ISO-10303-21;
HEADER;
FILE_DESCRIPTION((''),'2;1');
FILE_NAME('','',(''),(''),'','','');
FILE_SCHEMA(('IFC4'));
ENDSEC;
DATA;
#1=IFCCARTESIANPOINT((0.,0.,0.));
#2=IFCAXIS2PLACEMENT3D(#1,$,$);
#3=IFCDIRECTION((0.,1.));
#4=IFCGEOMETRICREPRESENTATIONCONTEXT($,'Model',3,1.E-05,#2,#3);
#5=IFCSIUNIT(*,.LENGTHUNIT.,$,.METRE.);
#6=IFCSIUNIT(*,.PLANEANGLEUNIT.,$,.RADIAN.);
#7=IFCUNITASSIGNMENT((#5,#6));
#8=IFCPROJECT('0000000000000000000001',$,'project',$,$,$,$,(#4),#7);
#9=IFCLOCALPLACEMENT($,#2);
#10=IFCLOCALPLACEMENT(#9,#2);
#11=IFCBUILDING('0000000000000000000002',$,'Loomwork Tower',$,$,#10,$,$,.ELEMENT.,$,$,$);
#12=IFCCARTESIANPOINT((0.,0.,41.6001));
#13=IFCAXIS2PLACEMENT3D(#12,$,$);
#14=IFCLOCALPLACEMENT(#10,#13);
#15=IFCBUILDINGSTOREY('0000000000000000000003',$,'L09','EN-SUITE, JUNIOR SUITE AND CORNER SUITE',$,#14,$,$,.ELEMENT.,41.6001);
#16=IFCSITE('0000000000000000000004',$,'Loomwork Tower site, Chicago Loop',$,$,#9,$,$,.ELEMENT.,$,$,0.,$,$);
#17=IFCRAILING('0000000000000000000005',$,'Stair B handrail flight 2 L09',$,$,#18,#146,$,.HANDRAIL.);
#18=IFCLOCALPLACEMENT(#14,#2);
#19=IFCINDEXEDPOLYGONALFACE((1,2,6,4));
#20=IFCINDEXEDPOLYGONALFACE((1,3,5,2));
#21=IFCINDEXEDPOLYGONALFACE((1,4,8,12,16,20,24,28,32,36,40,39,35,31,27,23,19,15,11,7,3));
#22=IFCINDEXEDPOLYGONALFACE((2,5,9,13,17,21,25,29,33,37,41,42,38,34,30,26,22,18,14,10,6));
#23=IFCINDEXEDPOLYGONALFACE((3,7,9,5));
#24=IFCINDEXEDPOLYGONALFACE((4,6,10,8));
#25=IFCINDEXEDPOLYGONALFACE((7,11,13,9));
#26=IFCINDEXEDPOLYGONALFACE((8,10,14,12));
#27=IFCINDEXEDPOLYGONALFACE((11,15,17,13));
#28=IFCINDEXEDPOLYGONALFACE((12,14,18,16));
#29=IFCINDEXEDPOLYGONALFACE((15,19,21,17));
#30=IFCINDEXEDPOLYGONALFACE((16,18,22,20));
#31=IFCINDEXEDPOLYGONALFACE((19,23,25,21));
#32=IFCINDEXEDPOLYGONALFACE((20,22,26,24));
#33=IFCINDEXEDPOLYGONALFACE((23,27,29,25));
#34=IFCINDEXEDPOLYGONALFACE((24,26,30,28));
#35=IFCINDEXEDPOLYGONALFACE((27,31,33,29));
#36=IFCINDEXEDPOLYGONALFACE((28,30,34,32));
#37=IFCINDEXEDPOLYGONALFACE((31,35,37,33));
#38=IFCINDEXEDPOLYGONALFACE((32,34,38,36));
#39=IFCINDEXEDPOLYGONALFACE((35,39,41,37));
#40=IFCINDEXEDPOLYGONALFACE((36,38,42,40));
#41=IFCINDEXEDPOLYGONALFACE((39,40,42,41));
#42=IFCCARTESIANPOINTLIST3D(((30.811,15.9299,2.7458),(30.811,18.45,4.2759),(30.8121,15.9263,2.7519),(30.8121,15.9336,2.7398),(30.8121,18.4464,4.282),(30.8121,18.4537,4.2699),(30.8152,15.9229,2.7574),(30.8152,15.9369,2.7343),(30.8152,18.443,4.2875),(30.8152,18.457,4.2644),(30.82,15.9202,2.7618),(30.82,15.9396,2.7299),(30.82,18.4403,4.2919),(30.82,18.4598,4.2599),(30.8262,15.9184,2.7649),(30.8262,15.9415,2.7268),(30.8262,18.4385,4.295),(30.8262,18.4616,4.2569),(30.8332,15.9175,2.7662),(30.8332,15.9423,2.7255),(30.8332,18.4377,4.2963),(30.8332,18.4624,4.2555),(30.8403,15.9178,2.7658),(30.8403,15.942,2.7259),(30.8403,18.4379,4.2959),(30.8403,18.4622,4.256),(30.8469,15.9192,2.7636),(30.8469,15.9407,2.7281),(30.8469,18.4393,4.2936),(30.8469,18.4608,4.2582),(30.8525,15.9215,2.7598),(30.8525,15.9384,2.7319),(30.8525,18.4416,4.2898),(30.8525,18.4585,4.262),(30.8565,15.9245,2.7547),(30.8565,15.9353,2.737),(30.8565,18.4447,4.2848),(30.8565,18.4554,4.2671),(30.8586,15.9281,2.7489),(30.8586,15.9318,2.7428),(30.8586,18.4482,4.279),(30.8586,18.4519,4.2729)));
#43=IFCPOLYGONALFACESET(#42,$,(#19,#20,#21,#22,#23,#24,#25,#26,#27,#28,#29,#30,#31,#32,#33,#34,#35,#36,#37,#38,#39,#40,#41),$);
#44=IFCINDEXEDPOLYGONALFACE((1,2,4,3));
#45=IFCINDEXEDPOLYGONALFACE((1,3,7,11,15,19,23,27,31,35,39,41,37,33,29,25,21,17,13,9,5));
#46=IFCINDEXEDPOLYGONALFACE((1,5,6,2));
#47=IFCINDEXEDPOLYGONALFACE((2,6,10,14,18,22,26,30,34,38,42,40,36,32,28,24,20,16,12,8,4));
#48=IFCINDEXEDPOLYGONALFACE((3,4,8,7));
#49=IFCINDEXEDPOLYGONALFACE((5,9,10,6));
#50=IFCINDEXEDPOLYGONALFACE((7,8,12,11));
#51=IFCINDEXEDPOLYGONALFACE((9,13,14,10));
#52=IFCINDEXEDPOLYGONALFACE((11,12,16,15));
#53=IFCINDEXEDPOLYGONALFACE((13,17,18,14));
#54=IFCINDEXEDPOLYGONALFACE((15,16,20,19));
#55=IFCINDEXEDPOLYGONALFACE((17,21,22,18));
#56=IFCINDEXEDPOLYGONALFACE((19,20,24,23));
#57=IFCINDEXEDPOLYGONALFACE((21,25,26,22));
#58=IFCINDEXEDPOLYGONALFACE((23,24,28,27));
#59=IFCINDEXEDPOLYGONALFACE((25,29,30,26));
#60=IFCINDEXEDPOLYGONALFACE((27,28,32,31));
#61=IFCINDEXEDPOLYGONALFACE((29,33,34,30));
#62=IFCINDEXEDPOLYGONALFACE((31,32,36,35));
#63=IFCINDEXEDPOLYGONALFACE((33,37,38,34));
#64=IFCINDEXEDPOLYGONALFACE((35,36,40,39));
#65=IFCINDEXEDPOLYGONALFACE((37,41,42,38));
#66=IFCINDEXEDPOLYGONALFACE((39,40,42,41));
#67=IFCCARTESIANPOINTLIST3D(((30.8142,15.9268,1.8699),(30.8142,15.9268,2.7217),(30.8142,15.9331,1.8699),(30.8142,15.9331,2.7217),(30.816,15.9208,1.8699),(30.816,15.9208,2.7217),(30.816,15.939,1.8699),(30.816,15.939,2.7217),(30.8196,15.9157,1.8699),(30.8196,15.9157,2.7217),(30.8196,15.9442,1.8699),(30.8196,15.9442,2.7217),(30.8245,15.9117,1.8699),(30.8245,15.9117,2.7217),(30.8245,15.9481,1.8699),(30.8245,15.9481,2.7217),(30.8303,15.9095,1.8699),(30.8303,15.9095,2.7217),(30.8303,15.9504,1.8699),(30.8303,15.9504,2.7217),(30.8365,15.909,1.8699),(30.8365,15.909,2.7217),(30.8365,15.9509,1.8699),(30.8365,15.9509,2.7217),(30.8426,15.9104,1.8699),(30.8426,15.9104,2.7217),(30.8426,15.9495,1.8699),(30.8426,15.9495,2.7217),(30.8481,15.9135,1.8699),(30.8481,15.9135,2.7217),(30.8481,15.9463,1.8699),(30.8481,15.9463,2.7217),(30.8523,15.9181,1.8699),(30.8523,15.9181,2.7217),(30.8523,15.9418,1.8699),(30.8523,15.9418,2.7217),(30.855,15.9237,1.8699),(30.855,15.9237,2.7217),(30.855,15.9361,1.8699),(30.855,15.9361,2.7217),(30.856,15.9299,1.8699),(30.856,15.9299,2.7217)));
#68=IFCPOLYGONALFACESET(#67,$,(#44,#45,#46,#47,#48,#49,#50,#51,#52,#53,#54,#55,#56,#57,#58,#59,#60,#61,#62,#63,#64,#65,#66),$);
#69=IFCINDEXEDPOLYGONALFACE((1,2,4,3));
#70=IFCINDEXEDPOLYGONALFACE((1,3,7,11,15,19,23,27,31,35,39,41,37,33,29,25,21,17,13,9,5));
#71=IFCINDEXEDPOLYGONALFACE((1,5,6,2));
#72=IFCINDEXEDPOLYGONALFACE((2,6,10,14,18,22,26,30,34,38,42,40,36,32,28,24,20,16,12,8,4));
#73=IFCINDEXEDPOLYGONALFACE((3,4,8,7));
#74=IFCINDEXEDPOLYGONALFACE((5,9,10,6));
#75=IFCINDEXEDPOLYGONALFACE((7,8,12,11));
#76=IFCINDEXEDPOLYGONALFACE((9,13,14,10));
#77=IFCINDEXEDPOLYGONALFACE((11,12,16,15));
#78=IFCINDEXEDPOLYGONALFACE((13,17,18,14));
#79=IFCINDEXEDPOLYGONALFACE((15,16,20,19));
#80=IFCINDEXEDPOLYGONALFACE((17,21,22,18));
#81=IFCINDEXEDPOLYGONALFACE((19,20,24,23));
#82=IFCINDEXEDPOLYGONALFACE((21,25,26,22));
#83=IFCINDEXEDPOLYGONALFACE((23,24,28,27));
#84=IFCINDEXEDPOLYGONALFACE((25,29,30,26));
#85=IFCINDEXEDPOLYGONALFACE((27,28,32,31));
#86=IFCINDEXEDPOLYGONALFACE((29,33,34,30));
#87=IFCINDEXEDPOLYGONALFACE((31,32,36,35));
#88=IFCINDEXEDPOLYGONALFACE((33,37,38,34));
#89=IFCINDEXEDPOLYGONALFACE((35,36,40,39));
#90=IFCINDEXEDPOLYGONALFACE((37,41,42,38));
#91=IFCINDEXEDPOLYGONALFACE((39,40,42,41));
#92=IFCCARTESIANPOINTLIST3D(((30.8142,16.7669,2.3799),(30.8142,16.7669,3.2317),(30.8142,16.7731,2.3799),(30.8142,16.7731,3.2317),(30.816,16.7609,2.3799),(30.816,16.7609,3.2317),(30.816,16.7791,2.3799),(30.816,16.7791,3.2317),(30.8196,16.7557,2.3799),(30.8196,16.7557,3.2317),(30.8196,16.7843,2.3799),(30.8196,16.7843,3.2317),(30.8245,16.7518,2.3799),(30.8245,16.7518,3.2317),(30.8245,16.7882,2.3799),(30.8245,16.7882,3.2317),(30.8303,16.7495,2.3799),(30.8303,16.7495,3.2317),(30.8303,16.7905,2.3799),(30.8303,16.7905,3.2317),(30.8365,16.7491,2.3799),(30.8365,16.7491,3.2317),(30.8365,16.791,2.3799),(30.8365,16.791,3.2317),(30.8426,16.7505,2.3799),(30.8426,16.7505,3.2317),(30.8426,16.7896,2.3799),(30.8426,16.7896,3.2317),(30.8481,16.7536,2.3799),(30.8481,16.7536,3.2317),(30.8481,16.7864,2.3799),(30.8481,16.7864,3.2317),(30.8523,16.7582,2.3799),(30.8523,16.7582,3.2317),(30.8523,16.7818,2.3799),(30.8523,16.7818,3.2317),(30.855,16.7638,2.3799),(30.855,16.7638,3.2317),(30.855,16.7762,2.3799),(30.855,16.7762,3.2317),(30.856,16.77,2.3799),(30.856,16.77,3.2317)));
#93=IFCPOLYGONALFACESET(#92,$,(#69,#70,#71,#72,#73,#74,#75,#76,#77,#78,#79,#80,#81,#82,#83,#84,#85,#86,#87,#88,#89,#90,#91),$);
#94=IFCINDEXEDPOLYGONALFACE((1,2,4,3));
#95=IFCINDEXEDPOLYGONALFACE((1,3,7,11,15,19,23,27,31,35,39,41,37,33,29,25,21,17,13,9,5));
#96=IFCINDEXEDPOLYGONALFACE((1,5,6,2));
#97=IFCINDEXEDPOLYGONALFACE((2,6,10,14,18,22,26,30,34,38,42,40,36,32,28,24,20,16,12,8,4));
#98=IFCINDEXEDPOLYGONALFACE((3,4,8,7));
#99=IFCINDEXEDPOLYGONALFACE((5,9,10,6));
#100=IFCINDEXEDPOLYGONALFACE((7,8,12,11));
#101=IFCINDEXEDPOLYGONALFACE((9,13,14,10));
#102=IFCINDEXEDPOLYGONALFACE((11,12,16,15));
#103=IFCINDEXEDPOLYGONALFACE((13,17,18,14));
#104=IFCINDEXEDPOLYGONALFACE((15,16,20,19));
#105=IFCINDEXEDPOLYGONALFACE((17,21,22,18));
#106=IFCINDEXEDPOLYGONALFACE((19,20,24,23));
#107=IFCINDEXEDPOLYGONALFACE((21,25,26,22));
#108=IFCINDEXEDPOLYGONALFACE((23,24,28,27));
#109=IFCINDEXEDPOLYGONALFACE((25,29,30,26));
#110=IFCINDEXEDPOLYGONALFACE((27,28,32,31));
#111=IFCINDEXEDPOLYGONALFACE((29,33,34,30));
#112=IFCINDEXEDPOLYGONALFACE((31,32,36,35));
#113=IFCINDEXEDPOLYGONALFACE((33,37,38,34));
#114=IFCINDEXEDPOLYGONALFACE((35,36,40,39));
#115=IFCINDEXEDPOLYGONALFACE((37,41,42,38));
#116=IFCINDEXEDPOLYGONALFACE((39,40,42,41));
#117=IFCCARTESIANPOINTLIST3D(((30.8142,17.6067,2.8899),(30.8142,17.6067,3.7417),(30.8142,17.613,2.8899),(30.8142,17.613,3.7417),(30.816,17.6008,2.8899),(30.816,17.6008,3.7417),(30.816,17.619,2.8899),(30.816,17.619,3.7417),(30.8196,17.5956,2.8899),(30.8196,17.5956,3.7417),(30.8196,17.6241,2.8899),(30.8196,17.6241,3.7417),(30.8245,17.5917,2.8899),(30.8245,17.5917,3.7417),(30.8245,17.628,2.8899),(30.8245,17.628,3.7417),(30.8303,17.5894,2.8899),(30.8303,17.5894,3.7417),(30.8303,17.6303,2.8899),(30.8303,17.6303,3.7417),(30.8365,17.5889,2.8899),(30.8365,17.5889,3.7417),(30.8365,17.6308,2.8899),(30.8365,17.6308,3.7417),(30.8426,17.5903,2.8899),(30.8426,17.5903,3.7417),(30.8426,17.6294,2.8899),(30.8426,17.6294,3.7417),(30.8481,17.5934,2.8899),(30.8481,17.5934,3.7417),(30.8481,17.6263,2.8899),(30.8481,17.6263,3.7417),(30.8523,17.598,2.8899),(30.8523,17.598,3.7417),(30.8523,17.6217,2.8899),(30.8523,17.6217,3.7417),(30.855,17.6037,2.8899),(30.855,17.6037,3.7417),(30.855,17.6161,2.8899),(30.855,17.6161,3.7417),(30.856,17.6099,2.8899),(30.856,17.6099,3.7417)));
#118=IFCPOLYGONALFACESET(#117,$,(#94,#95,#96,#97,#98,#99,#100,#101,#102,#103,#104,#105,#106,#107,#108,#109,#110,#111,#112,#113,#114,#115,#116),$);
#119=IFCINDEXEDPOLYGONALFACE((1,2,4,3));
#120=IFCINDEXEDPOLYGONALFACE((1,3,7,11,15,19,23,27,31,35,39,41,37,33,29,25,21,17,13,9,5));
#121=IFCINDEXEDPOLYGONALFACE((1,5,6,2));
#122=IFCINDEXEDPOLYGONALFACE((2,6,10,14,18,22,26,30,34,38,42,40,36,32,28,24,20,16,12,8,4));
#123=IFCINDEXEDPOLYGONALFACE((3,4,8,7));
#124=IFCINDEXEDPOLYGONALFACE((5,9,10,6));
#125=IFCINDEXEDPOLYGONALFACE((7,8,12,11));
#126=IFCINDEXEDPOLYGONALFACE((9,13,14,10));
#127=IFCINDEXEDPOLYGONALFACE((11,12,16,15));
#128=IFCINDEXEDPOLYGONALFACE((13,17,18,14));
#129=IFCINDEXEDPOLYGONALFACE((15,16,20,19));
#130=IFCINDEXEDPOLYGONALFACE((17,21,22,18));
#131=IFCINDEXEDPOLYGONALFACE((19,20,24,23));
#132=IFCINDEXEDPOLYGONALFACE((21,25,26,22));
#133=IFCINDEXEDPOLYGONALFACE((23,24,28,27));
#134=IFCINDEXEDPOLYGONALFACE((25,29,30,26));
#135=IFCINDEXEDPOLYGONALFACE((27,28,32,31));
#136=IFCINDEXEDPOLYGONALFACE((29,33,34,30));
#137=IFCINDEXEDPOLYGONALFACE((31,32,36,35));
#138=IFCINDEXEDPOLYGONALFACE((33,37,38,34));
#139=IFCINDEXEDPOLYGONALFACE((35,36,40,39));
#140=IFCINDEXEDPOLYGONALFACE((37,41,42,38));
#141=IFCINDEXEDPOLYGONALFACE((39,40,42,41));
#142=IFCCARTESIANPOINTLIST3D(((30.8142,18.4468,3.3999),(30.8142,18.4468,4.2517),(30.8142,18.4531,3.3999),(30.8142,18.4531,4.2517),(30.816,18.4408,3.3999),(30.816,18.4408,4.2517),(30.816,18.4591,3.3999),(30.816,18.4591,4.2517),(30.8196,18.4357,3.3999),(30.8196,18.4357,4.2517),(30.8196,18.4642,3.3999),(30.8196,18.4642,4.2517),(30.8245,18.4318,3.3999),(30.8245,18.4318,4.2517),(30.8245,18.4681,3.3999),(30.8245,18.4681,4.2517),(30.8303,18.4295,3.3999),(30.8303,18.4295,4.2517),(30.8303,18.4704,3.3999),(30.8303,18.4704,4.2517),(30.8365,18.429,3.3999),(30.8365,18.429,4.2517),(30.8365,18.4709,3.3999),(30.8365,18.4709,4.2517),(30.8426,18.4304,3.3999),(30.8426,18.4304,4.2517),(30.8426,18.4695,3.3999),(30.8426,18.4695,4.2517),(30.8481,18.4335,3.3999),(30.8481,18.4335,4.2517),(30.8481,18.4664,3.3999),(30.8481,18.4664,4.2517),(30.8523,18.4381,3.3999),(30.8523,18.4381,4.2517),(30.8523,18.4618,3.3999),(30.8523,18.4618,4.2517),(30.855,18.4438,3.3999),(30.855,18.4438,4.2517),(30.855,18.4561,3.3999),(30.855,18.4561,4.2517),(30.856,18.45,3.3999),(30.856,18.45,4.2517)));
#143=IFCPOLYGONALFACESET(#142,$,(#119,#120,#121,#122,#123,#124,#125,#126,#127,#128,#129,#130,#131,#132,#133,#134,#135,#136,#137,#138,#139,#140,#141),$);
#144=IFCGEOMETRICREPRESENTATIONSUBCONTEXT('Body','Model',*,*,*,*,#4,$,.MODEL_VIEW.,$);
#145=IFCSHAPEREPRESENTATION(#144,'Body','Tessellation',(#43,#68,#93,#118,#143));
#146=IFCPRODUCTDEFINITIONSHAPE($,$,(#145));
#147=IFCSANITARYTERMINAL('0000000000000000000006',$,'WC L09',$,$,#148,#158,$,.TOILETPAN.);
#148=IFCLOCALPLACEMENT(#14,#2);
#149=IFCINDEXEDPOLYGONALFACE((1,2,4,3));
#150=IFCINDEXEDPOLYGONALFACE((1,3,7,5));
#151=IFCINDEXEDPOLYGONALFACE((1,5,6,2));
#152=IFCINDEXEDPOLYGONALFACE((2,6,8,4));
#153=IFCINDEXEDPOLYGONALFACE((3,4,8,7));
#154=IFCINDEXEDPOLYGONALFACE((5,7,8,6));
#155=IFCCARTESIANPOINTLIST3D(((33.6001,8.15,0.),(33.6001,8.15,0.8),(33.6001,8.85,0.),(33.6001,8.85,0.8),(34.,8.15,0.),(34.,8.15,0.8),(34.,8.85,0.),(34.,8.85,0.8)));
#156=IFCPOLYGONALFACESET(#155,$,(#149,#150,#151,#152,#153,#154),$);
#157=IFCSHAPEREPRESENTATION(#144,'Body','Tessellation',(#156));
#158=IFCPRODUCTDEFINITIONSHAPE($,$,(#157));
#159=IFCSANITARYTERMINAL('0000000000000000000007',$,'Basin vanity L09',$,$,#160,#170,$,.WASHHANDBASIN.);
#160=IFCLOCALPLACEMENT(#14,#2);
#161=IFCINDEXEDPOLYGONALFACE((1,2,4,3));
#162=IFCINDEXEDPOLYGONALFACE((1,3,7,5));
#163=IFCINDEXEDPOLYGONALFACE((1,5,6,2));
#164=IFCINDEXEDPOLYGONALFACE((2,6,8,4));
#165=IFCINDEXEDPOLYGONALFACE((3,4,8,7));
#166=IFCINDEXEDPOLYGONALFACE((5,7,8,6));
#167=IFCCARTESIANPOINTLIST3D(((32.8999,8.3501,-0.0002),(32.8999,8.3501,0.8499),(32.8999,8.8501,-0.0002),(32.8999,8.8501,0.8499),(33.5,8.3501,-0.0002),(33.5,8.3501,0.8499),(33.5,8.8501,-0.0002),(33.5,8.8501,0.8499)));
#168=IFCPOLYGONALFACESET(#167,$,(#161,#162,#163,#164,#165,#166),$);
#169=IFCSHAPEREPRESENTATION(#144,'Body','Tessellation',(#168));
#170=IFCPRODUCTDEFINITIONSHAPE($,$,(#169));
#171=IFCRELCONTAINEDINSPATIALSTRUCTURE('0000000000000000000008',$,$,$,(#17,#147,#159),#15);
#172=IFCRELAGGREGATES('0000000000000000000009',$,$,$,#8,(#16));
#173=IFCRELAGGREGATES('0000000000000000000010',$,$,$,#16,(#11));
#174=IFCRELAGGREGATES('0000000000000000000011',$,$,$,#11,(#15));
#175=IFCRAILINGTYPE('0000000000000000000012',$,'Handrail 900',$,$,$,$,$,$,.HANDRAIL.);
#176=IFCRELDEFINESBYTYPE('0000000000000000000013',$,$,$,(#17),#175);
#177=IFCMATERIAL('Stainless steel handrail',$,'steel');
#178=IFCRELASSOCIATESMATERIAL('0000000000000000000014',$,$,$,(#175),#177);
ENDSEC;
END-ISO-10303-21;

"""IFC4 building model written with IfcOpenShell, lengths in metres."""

from ifc_helpers import new_model, si_unit, direction, frame, origin, origin_2d, place, context, subcontext, project, spatial, rectangle, circle, extrude, material, type_object, element, save


model = new_model("IFC4")

# Units and contexts
model_context = context("Model", 3, precision=1e-05, world=origin(), true_north=direction((0.0, 1.0)))
body_context = subcontext(model_context, "Body", "Model", "MODEL_VIEW")
ifc_project = project(units=[si_unit("LENGTHUNIT", "METRE"), si_unit("PLANEANGLEUNIT", "RADIAN")], contexts=[model_context])

# Site, building, storey
site_placement = place(None, origin())
site = spatial("IfcSite", under=ifc_project, at=site_placement, Name="Loomwork Tower site, Chicago Loop", CompositionType="ELEMENT", RefElevation=0.0)
building_placement = place(site_placement, origin())
building = spatial("IfcBuilding", under=site, at=building_placement, Name="Loomwork Tower", CompositionType="ELEMENT")
storey_placement = place(building_placement, frame((0.0, 0.0, 41.6001)))
storey = spatial("IfcBuildingStorey", under=building, at=storey_placement, Name="L09", Description="EN-SUITE, JUNIOR SUITE AND CORNER SUITE", CompositionType="ELEMENT", Elevation=41.6001)

# Railing
ifc_material_1 = material(Name="Stainless steel handrail", Category="steel")
railing_type = type_object("IfcRailingType", Name="Handrail 900", PredefinedType="HANDRAIL", material=ifc_material_1)
railing_placement = place(storey_placement, frame((30.835, 15.9299, 1.8699)))
element("IfcRailing", 1, at=railing_placement, inside=storey, type_object=railing_type, Name="Stair B handrail flight 2 L09", PredefinedType="HANDRAIL", context=body_context, shape_type="SweptSolid", body=[
    extrude(circle(Radius=0.0239, at=origin_2d()), frame((0.0, 0.0, 0.876), z_axis=(0.0, 0.854785, 0.518982), x_axis=(-1.0, 0.0, 0.0)), (0.0, 0.0, 1.0), 2.9482),
    extrude(circle(Radius=0.021, at=origin_2d()), origin(), (0.0, 0.0, 1.0), 0.8518),
    extrude(circle(Radius=0.021, at=origin_2d()), frame((0.0, 0.8401, 0.51)), (0.0, 0.0, 1.0), 0.8518),
    extrude(circle(Radius=0.021, at=origin_2d()), frame((0.0, 1.6799, 1.02)), (0.0, 0.0, 1.0), 0.8518),
    extrude(circle(Radius=0.021, at=origin_2d()), frame((0.0, 2.52, 1.53)), (0.0, 0.0, 1.0), 0.8518),
])

# Sanitary terminals
sanitary_terminal_1_placement = place(storey_placement, frame((33.8, 8.5, 0.0), z_axis=(0.0, 0.0, 1.0), x_axis=(1.0, 0.0, 0.0)))
element("IfcSanitaryTerminal", 2, at=sanitary_terminal_1_placement, inside=storey, Name="WC L09", PredefinedType="TOILETPAN", context=body_context, shape_type="SweptSolid", body=[
    extrude(rectangle(XDim=0.3999, YDim=0.7, at=origin_2d()), origin(), (0.0, 0.0, 1.0), 0.8),
])
sanitary_terminal_2_placement = place(storey_placement, frame((33.2, 8.6001, -0.0002), z_axis=(0.0, 0.0, 1.0), x_axis=(1.0, 0.0, 0.0)))
element("IfcSanitaryTerminal", 3, at=sanitary_terminal_2_placement, inside=storey, Name="Basin vanity L09", PredefinedType="WASHHANDBASIN", context=body_context, shape_type="SweptSolid", body=[
    extrude(rectangle(XDim=0.6001, YDim=0.5, at=origin_2d()), origin(), (0.0, 0.0, 1.0), 0.8501),
])

save(model, "model.ifc")
